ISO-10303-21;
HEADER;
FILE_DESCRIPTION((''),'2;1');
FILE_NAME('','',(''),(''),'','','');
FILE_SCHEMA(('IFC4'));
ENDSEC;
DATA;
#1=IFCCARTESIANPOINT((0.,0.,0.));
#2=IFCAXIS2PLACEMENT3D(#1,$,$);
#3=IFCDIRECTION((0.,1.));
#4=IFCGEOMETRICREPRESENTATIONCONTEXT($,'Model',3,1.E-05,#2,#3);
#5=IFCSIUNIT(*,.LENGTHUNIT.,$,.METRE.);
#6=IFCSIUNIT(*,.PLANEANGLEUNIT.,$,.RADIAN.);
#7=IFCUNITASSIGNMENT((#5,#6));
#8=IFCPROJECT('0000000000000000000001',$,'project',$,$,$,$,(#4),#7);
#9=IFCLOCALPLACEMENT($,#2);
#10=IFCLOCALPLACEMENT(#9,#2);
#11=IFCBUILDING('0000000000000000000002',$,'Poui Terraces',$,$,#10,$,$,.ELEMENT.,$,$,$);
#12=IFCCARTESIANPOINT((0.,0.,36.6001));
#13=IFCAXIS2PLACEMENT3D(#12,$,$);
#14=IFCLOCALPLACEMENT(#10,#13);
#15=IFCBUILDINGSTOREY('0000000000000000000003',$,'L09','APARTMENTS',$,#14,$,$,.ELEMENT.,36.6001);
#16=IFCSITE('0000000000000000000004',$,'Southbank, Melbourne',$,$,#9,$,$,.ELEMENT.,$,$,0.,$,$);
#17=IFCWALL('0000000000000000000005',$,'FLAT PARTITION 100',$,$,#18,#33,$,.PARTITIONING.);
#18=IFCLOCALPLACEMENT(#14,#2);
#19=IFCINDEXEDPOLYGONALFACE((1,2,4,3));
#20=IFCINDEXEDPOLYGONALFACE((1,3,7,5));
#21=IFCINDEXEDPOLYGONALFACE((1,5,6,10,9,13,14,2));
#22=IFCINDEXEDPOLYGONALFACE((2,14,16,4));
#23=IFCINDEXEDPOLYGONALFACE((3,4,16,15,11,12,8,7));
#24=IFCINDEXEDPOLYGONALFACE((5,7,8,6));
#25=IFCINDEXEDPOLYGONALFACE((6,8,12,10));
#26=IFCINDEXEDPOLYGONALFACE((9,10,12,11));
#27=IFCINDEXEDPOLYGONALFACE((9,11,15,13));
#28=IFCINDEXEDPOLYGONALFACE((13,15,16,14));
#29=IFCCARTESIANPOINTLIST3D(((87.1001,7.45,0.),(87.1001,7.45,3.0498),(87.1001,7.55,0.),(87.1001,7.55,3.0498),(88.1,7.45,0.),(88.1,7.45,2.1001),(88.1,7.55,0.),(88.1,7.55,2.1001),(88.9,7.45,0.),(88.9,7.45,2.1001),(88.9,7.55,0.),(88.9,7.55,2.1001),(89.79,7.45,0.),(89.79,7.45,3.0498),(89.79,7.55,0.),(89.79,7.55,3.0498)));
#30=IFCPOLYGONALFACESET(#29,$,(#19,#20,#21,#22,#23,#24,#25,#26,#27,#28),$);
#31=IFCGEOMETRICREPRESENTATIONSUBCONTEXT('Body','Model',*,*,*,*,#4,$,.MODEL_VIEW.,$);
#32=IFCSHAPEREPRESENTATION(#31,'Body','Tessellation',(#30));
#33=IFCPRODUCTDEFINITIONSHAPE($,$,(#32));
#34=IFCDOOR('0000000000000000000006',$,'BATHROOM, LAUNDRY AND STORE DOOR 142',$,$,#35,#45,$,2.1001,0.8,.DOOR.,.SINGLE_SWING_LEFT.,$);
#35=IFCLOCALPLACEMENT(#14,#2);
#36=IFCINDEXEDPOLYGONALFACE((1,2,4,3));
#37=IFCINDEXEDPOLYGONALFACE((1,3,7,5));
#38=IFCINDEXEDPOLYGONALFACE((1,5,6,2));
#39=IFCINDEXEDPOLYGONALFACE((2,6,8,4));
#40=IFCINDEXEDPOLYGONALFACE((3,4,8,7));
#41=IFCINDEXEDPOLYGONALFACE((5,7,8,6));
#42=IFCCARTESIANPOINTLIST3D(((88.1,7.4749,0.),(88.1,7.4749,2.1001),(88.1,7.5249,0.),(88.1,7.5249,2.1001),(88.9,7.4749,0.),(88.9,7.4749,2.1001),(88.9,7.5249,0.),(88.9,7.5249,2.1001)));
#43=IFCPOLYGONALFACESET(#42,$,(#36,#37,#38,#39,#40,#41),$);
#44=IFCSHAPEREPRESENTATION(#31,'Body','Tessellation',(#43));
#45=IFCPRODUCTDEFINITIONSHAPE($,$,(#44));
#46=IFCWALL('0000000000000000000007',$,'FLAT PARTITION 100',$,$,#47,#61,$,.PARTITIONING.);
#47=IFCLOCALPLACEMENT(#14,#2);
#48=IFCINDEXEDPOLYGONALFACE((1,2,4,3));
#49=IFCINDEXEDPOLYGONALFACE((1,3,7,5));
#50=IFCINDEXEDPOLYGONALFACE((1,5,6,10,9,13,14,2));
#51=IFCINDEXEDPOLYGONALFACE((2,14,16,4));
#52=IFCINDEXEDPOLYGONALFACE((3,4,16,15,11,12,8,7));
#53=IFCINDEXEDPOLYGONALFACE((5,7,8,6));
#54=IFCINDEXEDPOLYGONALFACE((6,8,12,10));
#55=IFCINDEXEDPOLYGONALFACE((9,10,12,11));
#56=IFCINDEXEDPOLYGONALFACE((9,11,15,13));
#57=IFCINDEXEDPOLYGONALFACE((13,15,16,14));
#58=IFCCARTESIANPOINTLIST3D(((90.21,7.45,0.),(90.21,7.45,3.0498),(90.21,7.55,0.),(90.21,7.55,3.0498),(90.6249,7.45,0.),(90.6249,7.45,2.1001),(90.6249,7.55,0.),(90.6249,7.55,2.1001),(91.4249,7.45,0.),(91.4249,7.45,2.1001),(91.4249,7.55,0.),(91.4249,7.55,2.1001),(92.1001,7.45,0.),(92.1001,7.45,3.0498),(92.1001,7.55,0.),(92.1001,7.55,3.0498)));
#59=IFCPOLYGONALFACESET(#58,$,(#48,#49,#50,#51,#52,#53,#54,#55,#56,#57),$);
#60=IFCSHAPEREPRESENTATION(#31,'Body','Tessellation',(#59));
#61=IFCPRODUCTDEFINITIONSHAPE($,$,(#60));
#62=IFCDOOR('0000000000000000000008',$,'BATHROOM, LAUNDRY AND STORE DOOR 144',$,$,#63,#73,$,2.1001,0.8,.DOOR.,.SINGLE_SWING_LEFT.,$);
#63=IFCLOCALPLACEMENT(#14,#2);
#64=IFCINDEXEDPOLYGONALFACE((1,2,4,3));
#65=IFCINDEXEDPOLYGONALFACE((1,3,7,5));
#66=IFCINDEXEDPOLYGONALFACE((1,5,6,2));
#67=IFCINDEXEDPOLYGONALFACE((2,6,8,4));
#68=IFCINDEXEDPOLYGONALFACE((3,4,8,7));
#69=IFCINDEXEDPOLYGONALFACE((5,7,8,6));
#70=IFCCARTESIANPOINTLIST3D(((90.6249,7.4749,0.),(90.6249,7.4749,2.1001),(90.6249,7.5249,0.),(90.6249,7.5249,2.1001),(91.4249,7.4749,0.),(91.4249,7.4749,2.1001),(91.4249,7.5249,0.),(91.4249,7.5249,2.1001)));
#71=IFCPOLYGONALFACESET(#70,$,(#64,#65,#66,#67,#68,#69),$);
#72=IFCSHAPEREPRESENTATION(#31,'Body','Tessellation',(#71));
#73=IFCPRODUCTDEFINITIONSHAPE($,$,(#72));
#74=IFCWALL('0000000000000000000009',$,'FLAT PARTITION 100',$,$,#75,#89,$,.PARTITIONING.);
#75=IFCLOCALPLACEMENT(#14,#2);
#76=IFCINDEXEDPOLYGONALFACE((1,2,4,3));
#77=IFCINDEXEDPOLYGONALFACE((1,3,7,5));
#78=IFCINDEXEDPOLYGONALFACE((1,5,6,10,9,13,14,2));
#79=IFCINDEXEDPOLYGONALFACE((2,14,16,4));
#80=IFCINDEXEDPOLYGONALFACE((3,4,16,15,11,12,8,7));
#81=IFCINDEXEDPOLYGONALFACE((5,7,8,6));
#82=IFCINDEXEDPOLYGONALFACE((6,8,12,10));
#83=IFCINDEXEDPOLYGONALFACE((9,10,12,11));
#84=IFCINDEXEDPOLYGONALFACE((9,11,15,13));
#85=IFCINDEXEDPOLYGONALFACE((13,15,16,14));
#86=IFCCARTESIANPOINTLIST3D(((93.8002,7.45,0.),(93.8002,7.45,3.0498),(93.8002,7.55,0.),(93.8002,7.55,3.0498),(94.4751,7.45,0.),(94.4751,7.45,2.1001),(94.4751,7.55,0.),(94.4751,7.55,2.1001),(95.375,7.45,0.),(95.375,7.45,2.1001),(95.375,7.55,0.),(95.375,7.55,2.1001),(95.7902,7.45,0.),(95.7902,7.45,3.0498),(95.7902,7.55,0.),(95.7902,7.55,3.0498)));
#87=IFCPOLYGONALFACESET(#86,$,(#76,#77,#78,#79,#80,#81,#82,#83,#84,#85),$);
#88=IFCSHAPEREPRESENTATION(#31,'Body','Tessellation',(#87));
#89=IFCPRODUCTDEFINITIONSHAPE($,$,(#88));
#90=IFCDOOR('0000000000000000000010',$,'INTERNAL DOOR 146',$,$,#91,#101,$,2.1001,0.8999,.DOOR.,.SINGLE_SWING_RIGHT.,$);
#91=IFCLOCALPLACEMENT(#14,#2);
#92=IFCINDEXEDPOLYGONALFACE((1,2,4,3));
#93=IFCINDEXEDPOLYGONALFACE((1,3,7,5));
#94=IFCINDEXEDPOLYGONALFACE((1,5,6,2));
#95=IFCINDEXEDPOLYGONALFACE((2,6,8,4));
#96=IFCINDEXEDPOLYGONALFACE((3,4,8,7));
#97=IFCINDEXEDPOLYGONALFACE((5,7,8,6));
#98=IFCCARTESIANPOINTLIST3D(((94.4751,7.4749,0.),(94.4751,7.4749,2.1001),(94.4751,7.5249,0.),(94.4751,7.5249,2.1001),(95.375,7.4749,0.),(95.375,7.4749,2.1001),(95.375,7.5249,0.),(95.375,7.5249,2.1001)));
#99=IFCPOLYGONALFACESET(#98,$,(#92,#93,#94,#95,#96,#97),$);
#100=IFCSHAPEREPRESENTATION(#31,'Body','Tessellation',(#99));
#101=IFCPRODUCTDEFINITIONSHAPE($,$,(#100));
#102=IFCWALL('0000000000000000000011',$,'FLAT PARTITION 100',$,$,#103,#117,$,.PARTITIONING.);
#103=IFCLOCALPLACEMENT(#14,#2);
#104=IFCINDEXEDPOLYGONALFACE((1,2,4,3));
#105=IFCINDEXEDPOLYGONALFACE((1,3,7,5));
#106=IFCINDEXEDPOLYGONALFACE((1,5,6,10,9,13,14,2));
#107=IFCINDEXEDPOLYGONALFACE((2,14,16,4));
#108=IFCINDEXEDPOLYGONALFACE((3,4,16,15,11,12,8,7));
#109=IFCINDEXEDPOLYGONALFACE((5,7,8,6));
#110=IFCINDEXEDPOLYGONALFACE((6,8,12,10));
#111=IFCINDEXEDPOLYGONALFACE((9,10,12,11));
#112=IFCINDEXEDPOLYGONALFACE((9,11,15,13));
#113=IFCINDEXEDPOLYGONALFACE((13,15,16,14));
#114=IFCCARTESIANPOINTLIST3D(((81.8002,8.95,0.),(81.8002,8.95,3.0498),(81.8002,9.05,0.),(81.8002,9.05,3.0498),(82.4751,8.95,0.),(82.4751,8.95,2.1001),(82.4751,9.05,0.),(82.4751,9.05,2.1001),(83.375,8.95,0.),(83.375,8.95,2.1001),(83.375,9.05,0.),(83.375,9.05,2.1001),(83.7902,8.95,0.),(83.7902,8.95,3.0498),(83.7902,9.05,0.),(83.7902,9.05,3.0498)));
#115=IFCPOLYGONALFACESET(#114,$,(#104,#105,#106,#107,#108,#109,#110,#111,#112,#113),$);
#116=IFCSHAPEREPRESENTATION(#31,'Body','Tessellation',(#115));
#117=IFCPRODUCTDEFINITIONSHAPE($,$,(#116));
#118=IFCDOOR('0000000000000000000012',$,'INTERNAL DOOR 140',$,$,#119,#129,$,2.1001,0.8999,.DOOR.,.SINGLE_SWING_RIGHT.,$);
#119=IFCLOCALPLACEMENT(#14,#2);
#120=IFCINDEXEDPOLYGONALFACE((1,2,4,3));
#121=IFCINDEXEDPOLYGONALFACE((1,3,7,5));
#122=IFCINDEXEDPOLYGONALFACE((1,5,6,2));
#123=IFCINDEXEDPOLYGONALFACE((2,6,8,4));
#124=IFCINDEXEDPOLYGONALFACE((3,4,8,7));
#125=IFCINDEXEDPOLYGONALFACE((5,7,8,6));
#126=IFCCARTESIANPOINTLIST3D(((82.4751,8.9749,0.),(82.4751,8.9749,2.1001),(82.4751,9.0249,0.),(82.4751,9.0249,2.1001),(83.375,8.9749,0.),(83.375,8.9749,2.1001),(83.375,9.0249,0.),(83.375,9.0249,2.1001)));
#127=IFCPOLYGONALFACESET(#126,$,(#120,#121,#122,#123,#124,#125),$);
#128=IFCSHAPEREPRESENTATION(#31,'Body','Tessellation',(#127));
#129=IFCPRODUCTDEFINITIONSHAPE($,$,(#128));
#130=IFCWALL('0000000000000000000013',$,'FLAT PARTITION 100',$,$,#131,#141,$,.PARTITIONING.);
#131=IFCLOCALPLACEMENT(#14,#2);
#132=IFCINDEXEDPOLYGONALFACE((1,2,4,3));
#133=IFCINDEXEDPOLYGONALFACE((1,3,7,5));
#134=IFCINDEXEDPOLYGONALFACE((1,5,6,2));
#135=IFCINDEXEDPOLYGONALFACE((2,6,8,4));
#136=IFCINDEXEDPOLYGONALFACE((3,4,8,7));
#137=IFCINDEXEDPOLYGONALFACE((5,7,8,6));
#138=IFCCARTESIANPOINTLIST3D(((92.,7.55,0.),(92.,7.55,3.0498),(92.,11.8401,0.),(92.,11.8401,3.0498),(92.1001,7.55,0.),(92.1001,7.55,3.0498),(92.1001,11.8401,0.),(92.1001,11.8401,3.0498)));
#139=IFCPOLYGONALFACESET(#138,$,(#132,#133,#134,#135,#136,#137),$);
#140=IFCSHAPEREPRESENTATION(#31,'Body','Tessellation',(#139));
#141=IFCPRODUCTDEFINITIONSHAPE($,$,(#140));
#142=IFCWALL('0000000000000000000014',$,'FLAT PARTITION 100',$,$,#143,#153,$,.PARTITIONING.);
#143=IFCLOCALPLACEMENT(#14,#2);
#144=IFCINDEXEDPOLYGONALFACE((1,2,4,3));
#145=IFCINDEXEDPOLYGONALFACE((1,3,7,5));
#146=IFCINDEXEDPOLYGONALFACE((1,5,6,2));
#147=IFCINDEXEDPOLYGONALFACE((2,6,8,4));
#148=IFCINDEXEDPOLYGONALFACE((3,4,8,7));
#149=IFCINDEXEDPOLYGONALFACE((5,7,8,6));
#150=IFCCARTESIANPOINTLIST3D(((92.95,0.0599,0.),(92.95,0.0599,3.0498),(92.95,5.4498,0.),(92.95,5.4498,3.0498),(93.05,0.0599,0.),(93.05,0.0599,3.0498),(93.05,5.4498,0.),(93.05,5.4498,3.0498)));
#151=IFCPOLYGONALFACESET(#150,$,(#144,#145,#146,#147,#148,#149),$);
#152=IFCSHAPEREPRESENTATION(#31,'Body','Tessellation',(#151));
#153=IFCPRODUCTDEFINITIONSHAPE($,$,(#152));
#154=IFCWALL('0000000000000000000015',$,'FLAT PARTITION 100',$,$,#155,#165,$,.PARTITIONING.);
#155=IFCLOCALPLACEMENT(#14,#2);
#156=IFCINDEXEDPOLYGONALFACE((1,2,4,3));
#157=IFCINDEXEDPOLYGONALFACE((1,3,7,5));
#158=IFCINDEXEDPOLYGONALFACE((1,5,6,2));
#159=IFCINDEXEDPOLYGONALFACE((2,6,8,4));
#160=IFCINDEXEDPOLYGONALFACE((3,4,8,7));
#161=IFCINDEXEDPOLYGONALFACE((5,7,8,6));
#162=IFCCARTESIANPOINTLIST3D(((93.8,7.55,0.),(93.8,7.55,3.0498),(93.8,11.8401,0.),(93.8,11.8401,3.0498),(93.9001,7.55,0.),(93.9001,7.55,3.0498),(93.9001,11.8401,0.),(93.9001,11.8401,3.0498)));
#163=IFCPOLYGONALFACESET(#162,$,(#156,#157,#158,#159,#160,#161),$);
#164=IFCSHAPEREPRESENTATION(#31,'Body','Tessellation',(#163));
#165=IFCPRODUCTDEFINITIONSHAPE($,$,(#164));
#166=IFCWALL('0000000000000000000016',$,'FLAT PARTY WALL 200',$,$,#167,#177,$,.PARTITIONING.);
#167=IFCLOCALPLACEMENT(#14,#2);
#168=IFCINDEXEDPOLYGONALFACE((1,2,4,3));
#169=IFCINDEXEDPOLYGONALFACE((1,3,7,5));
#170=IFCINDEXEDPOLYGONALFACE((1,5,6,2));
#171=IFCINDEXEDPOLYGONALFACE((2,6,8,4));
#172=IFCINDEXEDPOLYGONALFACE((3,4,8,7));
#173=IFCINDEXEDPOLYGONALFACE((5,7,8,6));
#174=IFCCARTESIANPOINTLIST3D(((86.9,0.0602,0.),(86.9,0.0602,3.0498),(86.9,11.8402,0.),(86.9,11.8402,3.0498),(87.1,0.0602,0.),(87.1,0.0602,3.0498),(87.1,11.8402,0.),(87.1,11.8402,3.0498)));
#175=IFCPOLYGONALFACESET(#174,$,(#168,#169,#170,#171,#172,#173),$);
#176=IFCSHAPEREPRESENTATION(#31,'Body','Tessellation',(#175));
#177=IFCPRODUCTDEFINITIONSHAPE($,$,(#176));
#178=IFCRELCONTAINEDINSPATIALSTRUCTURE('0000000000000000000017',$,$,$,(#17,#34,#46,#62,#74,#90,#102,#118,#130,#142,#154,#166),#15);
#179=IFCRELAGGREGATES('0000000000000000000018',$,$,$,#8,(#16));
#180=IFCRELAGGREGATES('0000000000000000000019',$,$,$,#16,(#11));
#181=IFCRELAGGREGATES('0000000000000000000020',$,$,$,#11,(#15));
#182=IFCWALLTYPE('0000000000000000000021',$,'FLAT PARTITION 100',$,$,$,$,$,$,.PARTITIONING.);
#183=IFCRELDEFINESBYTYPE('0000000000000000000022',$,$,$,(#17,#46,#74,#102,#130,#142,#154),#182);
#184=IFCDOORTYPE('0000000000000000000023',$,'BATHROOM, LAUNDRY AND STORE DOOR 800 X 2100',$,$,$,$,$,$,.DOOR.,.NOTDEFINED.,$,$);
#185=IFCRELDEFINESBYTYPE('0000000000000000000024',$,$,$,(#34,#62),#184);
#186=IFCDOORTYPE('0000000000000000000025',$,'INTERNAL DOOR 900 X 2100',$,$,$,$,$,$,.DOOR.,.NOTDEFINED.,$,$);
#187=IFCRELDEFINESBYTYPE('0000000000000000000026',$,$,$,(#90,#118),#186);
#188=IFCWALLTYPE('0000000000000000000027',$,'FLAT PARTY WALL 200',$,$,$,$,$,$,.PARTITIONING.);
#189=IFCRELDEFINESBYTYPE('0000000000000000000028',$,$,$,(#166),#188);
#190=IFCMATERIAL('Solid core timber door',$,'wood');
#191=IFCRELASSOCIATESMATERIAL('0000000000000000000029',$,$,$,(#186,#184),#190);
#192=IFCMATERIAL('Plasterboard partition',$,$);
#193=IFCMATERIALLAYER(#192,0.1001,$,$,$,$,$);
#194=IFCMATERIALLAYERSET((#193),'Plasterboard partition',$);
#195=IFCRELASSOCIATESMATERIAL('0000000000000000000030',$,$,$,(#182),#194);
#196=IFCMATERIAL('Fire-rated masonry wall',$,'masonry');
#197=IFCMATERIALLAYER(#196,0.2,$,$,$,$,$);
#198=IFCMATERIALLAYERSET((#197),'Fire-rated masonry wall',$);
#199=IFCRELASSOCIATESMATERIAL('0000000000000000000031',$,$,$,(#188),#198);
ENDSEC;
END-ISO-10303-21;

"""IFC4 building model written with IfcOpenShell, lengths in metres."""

from ifc_helpers import new_model, si_unit, direction, frame, frame_2d, origin, place, context, subcontext, project, spatial, rectangle, extrude, material, layer, layer_set, type_object, element, fill, save


model = new_model("IFC4")

# Units and contexts
model_context = context("Model", 3, precision=1e-05, world=origin(), true_north=direction((0.0, 1.0)))
body_context = subcontext(model_context, "Body", "Model", "MODEL_VIEW")
ifc_project = project(units=[si_unit("LENGTHUNIT", "METRE"), si_unit("PLANEANGLEUNIT", "RADIAN")], contexts=[model_context])

# Site, building, storey
site_placement = place(None, origin())
site = spatial("IfcSite", under=ifc_project, at=site_placement, Name="Southbank, Melbourne", CompositionType="ELEMENT", RefElevation=0.0)
building_placement = place(site_placement, origin())
building = spatial("IfcBuilding", under=site, at=building_placement, Name="Poui Terraces", CompositionType="ELEMENT")
storey_placement = place(building_placement, frame((0.0, 0.0, 36.6001)))
storey = spatial("IfcBuildingStorey", under=building, at=storey_placement, Name="L09", Description="APARTMENTS", CompositionType="ELEMENT", Elevation=36.6001)

# Shared definitions
ifc_material_1 = material(Name="Solid core timber door", Category="wood")
door_type_1 = type_object("IfcDoorType", Name="INTERNAL DOOR 900 X 2100", OperationType="NOTDEFINED", PredefinedType="DOOR", material=ifc_material_1)

# Walls, openings, doors
ifc_material_2 = material(Name="Plasterboard partition")
ifc_layer_1 = layer(ifc_material_2, 0.1001)
ifc_layer_set_1 = layer_set([ifc_layer_1], Name="Plasterboard partition")
wall_type_1 = type_object("IfcWallType", Name="FLAT PARTITION 100", PredefinedType="PARTITIONING", material=ifc_layer_set_1)
wall_1_placement = place(storey_placement, frame((87.1001, 7.5, 0.0), z_axis=(0.0, 0.0, 1.0), x_axis=(1.0, 0.0, 0.0)))
wall_1 = element("IfcWall", 1, at=wall_1_placement, inside=storey, type_object=wall_type_1, Name="FLAT PARTITION 100", PredefinedType="PARTITIONING", context=body_context, shape_type="SweptSolid", body=[
    extrude(rectangle(XDim=2.6899, YDim=0.1001, at=frame_2d((1.345, 0.0))), origin(), (0.0, 0.0, 1.0), 3.0498),
])
opening_1_placement = place(wall_1_placement, frame((1.0, 0.0, 0.0)))
opening_1 = element("IfcOpeningElement", 2, at=opening_1_placement, cuts=wall_1, PredefinedType="OPENING", context=body_context, shape_type="SweptSolid", body=[
    extrude(rectangle(XDim=0.8, YDim=2.1001, at=frame_2d((0.3999, 1.05))), frame((0.0, 0.0601, 0.0), z_axis=(0.0, -1.0, 0.0), x_axis=(1.0, 0.0, 0.0)), (0.0, 0.0, 1.0), 0.1201),
])
door_type_2 = type_object("IfcDoorType", Name="BATHROOM, LAUNDRY AND STORE DOOR 800 X 2100", OperationType="NOTDEFINED", PredefinedType="DOOR", material=ifc_material_1)
door_1_placement = place(opening_1_placement, origin())
door_1 = element("IfcDoor", 3, at=door_1_placement, inside=storey, type_object=door_type_2, Name="BATHROOM, LAUNDRY AND STORE DOOR 142", OperationType="SINGLE_SWING_LEFT", OverallHeight=2.1001, OverallWidth=0.8, PredefinedType="DOOR", context=body_context, shape_type="SweptSolid", body=[
    extrude(rectangle(XDim=0.8, YDim=2.1001, at=frame_2d((0.3999, 1.05))), frame((0.0, 0.0249, 0.0), z_axis=(0.0, -1.0, 0.0), x_axis=(1.0, 0.0, 0.0)), (0.0, 0.0, 1.0), 0.05),
])
fill(opening_1, door_1)
wall_2_placement = place(storey_placement, frame((90.21, 7.5, 0.0), z_axis=(0.0, 0.0, 1.0), x_axis=(1.0, 0.0, 0.0)))
wall_2 = element("IfcWall", 4, at=wall_2_placement, inside=storey, type_object=wall_type_1, Name="FLAT PARTITION 100", PredefinedType="PARTITIONING", context=body_context, shape_type="SweptSolid", body=[
    extrude(rectangle(XDim=1.8901, YDim=0.1001, at=frame_2d((0.9451, 0.0))), origin(), (0.0, 0.0, 1.0), 3.0498),
])
opening_2_placement = place(wall_2_placement, frame((0.415, 0.0, 0.0)))
opening_2 = element("IfcOpeningElement", 5, at=opening_2_placement, cuts=wall_2, PredefinedType="OPENING", context=body_context, shape_type="SweptSolid", body=[
    extrude(rectangle(XDim=0.8, YDim=2.1001, at=frame_2d((0.3999, 1.05))), frame((0.0, 0.0601, 0.0), z_axis=(0.0, -1.0, 0.0), x_axis=(1.0, 0.0, 0.0)), (0.0, 0.0, 1.0), 0.1201),
])
door_2_placement = place(opening_2_placement, origin())
door_2 = element("IfcDoor", 6, at=door_2_placement, inside=storey, type_object=door_type_2, Name="BATHROOM, LAUNDRY AND STORE DOOR 144", OperationType="SINGLE_SWING_LEFT", OverallHeight=2.1001, OverallWidth=0.8, PredefinedType="DOOR", context=body_context, shape_type="SweptSolid", body=[
    extrude(rectangle(XDim=0.8, YDim=2.1001, at=frame_2d((0.3999, 1.05))), frame((0.0, 0.0249, 0.0), z_axis=(0.0, -1.0, 0.0), x_axis=(1.0, 0.0, 0.0)), (0.0, 0.0, 1.0), 0.05),
])
fill(opening_2, door_2)
wall_3_placement = place(storey_placement, frame((93.8, 7.5, 0.0), z_axis=(0.0, 0.0, 1.0), x_axis=(1.0, 0.0, 0.0)))
wall_3 = element("IfcWall", 7, at=wall_3_placement, inside=storey, type_object=wall_type_1, Name="FLAT PARTITION 100", PredefinedType="PARTITIONING", context=body_context, shape_type="SweptSolid", body=[
    extrude(rectangle(XDim=1.99, YDim=0.1001, at=frame_2d((0.9951, 0.0))), origin(), (0.0, 0.0, 1.0), 3.0498),
])
opening_3_placement = place(wall_3_placement, frame((0.675, 0.0, 0.0)))
opening_3 = element("IfcOpeningElement", 8, at=opening_3_placement, cuts=wall_3, PredefinedType="OPENING", context=body_context, shape_type="SweptSolid", body=[
    extrude(rectangle(XDim=0.8999, YDim=2.1001, at=frame_2d((0.45, 1.05))), frame((0.0, 0.0601, 0.0), z_axis=(0.0, -1.0, 0.0), x_axis=(1.0, 0.0, 0.0)), (0.0, 0.0, 1.0), 0.1201),
])
door_3_placement = place(opening_3_placement, origin())
door_3 = element("IfcDoor", 9, at=door_3_placement, inside=storey, type_object=door_type_1, Name="INTERNAL DOOR 146", OperationType="SINGLE_SWING_RIGHT", OverallHeight=2.1001, OverallWidth=0.8999, PredefinedType="DOOR", context=body_context, shape_type="SweptSolid", body=[
    extrude(rectangle(XDim=0.8999, YDim=2.1001, at=frame_2d((0.45, 1.05))), frame((0.0, 0.0249, 0.0), z_axis=(0.0, -1.0, 0.0), x_axis=(1.0, 0.0, 0.0)), (0.0, 0.0, 1.0), 0.05),
])
fill(opening_3, door_3)
wall_4_placement = place(storey_placement, frame((81.8, 9.0, 0.0), z_axis=(0.0, 0.0, 1.0), x_axis=(1.0, 0.0, 0.0)))
wall_4 = element("IfcWall", 10, at=wall_4_placement, inside=storey, type_object=wall_type_1, Name="FLAT PARTITION 100", PredefinedType="PARTITIONING", context=body_context, shape_type="SweptSolid", body=[
    extrude(rectangle(XDim=1.99, YDim=0.1001, at=frame_2d((0.9951, 0.0))), origin(), (0.0, 0.0, 1.0), 3.0498),
])
opening_4_placement = place(wall_4_placement, frame((0.675, 0.0, 0.0)))
opening_4 = element("IfcOpeningElement", 11, at=opening_4_placement, cuts=wall_4, PredefinedType="OPENING", context=body_context, shape_type="SweptSolid", body=[
    extrude(rectangle(XDim=0.8999, YDim=2.1001, at=frame_2d((0.45, 1.05))), frame((0.0, 0.0601, 0.0), z_axis=(0.0, -1.0, 0.0), x_axis=(1.0, 0.0, 0.0)), (0.0, 0.0, 1.0), 0.1201),
])
door_4_placement = place(opening_4_placement, origin())
door_4 = element("IfcDoor", 12, at=door_4_placement, inside=storey, type_object=door_type_1, Name="INTERNAL DOOR 140", OperationType="SINGLE_SWING_RIGHT", OverallHeight=2.1001, OverallWidth=0.8999, PredefinedType="DOOR", context=body_context, shape_type="SweptSolid", body=[
    extrude(rectangle(XDim=0.8999, YDim=2.1001, at=frame_2d((0.45, 1.05))), frame((0.0, 0.0249, 0.0), z_axis=(0.0, -1.0, 0.0), x_axis=(1.0, 0.0, 0.0)), (0.0, 0.0, 1.0), 0.05),
])
fill(opening_4, door_4)

# Walls
wall_5_placement = place(storey_placement, frame((92.05, 7.55, 0.0), z_axis=(0.0, 0.0, 1.0), x_axis=(0.0, 1.0, 0.0)))
element("IfcWall", 13, at=wall_5_placement, inside=storey, type_object=wall_type_1, Name="FLAT PARTITION 100", PredefinedType="PARTITIONING", context=body_context, shape_type="SweptSolid", body=[
    extrude(rectangle(XDim=4.29, YDim=0.1001, at=frame_2d((2.145, 0.0))), origin(), (0.0, 0.0, 1.0), 3.0498),
])
wall_6_placement = place(storey_placement, frame((93.0, 0.0601, 0.0), z_axis=(0.0, 0.0, 1.0), x_axis=(0.0, 1.0, 0.0)))
element("IfcWall", 14, at=wall_6_placement, inside=storey, type_object=wall_type_1, Name="FLAT PARTITION 100", PredefinedType="PARTITIONING", context=body_context, shape_type="SweptSolid", body=[
    extrude(rectangle(XDim=5.3899, YDim=0.1001, at=frame_2d((2.6948, 0.0))), origin(), (0.0, 0.0, 1.0), 3.0498),
])
wall_7_placement = place(storey_placement, frame((93.8501, 7.55, 0.0), z_axis=(0.0, 0.0, 1.0), x_axis=(0.0, 1.0, 0.0)))
element("IfcWall", 15, at=wall_7_placement, inside=storey, type_object=wall_type_1, Name="FLAT PARTITION 100", PredefinedType="PARTITIONING", context=body_context, shape_type="SweptSolid", body=[
    extrude(rectangle(XDim=4.29, YDim=0.1001, at=frame_2d((2.145, 0.0))), origin(), (0.0, 0.0, 1.0), 3.0498),
])
ifc_material_3 = material(Name="Fire-rated masonry wall", Category="masonry")
ifc_layer_2 = layer(ifc_material_3, 0.2)
ifc_layer_set_2 = layer_set([ifc_layer_2], Name="Fire-rated masonry wall")
wall_type_2 = type_object("IfcWallType", Name="FLAT PARTY WALL 200", PredefinedType="PARTITIONING", material=ifc_layer_set_2)
wall_8_placement = place(storey_placement, frame((87.0, 0.0601, 0.0), z_axis=(0.0, 0.0, 1.0), x_axis=(0.0, 1.0, 0.0)))
element("IfcWall", 16, at=wall_8_placement, inside=storey, type_object=wall_type_2, Name="FLAT PARTY WALL 200", PredefinedType="PARTITIONING", context=body_context, shape_type="SweptSolid", body=[
    extrude(rectangle(XDim=11.78, YDim=0.2, at=frame_2d((5.8901, 0.0))), origin(), (0.0, 0.0, 1.0), 3.0498),
])

save(model, "model.ifc")
